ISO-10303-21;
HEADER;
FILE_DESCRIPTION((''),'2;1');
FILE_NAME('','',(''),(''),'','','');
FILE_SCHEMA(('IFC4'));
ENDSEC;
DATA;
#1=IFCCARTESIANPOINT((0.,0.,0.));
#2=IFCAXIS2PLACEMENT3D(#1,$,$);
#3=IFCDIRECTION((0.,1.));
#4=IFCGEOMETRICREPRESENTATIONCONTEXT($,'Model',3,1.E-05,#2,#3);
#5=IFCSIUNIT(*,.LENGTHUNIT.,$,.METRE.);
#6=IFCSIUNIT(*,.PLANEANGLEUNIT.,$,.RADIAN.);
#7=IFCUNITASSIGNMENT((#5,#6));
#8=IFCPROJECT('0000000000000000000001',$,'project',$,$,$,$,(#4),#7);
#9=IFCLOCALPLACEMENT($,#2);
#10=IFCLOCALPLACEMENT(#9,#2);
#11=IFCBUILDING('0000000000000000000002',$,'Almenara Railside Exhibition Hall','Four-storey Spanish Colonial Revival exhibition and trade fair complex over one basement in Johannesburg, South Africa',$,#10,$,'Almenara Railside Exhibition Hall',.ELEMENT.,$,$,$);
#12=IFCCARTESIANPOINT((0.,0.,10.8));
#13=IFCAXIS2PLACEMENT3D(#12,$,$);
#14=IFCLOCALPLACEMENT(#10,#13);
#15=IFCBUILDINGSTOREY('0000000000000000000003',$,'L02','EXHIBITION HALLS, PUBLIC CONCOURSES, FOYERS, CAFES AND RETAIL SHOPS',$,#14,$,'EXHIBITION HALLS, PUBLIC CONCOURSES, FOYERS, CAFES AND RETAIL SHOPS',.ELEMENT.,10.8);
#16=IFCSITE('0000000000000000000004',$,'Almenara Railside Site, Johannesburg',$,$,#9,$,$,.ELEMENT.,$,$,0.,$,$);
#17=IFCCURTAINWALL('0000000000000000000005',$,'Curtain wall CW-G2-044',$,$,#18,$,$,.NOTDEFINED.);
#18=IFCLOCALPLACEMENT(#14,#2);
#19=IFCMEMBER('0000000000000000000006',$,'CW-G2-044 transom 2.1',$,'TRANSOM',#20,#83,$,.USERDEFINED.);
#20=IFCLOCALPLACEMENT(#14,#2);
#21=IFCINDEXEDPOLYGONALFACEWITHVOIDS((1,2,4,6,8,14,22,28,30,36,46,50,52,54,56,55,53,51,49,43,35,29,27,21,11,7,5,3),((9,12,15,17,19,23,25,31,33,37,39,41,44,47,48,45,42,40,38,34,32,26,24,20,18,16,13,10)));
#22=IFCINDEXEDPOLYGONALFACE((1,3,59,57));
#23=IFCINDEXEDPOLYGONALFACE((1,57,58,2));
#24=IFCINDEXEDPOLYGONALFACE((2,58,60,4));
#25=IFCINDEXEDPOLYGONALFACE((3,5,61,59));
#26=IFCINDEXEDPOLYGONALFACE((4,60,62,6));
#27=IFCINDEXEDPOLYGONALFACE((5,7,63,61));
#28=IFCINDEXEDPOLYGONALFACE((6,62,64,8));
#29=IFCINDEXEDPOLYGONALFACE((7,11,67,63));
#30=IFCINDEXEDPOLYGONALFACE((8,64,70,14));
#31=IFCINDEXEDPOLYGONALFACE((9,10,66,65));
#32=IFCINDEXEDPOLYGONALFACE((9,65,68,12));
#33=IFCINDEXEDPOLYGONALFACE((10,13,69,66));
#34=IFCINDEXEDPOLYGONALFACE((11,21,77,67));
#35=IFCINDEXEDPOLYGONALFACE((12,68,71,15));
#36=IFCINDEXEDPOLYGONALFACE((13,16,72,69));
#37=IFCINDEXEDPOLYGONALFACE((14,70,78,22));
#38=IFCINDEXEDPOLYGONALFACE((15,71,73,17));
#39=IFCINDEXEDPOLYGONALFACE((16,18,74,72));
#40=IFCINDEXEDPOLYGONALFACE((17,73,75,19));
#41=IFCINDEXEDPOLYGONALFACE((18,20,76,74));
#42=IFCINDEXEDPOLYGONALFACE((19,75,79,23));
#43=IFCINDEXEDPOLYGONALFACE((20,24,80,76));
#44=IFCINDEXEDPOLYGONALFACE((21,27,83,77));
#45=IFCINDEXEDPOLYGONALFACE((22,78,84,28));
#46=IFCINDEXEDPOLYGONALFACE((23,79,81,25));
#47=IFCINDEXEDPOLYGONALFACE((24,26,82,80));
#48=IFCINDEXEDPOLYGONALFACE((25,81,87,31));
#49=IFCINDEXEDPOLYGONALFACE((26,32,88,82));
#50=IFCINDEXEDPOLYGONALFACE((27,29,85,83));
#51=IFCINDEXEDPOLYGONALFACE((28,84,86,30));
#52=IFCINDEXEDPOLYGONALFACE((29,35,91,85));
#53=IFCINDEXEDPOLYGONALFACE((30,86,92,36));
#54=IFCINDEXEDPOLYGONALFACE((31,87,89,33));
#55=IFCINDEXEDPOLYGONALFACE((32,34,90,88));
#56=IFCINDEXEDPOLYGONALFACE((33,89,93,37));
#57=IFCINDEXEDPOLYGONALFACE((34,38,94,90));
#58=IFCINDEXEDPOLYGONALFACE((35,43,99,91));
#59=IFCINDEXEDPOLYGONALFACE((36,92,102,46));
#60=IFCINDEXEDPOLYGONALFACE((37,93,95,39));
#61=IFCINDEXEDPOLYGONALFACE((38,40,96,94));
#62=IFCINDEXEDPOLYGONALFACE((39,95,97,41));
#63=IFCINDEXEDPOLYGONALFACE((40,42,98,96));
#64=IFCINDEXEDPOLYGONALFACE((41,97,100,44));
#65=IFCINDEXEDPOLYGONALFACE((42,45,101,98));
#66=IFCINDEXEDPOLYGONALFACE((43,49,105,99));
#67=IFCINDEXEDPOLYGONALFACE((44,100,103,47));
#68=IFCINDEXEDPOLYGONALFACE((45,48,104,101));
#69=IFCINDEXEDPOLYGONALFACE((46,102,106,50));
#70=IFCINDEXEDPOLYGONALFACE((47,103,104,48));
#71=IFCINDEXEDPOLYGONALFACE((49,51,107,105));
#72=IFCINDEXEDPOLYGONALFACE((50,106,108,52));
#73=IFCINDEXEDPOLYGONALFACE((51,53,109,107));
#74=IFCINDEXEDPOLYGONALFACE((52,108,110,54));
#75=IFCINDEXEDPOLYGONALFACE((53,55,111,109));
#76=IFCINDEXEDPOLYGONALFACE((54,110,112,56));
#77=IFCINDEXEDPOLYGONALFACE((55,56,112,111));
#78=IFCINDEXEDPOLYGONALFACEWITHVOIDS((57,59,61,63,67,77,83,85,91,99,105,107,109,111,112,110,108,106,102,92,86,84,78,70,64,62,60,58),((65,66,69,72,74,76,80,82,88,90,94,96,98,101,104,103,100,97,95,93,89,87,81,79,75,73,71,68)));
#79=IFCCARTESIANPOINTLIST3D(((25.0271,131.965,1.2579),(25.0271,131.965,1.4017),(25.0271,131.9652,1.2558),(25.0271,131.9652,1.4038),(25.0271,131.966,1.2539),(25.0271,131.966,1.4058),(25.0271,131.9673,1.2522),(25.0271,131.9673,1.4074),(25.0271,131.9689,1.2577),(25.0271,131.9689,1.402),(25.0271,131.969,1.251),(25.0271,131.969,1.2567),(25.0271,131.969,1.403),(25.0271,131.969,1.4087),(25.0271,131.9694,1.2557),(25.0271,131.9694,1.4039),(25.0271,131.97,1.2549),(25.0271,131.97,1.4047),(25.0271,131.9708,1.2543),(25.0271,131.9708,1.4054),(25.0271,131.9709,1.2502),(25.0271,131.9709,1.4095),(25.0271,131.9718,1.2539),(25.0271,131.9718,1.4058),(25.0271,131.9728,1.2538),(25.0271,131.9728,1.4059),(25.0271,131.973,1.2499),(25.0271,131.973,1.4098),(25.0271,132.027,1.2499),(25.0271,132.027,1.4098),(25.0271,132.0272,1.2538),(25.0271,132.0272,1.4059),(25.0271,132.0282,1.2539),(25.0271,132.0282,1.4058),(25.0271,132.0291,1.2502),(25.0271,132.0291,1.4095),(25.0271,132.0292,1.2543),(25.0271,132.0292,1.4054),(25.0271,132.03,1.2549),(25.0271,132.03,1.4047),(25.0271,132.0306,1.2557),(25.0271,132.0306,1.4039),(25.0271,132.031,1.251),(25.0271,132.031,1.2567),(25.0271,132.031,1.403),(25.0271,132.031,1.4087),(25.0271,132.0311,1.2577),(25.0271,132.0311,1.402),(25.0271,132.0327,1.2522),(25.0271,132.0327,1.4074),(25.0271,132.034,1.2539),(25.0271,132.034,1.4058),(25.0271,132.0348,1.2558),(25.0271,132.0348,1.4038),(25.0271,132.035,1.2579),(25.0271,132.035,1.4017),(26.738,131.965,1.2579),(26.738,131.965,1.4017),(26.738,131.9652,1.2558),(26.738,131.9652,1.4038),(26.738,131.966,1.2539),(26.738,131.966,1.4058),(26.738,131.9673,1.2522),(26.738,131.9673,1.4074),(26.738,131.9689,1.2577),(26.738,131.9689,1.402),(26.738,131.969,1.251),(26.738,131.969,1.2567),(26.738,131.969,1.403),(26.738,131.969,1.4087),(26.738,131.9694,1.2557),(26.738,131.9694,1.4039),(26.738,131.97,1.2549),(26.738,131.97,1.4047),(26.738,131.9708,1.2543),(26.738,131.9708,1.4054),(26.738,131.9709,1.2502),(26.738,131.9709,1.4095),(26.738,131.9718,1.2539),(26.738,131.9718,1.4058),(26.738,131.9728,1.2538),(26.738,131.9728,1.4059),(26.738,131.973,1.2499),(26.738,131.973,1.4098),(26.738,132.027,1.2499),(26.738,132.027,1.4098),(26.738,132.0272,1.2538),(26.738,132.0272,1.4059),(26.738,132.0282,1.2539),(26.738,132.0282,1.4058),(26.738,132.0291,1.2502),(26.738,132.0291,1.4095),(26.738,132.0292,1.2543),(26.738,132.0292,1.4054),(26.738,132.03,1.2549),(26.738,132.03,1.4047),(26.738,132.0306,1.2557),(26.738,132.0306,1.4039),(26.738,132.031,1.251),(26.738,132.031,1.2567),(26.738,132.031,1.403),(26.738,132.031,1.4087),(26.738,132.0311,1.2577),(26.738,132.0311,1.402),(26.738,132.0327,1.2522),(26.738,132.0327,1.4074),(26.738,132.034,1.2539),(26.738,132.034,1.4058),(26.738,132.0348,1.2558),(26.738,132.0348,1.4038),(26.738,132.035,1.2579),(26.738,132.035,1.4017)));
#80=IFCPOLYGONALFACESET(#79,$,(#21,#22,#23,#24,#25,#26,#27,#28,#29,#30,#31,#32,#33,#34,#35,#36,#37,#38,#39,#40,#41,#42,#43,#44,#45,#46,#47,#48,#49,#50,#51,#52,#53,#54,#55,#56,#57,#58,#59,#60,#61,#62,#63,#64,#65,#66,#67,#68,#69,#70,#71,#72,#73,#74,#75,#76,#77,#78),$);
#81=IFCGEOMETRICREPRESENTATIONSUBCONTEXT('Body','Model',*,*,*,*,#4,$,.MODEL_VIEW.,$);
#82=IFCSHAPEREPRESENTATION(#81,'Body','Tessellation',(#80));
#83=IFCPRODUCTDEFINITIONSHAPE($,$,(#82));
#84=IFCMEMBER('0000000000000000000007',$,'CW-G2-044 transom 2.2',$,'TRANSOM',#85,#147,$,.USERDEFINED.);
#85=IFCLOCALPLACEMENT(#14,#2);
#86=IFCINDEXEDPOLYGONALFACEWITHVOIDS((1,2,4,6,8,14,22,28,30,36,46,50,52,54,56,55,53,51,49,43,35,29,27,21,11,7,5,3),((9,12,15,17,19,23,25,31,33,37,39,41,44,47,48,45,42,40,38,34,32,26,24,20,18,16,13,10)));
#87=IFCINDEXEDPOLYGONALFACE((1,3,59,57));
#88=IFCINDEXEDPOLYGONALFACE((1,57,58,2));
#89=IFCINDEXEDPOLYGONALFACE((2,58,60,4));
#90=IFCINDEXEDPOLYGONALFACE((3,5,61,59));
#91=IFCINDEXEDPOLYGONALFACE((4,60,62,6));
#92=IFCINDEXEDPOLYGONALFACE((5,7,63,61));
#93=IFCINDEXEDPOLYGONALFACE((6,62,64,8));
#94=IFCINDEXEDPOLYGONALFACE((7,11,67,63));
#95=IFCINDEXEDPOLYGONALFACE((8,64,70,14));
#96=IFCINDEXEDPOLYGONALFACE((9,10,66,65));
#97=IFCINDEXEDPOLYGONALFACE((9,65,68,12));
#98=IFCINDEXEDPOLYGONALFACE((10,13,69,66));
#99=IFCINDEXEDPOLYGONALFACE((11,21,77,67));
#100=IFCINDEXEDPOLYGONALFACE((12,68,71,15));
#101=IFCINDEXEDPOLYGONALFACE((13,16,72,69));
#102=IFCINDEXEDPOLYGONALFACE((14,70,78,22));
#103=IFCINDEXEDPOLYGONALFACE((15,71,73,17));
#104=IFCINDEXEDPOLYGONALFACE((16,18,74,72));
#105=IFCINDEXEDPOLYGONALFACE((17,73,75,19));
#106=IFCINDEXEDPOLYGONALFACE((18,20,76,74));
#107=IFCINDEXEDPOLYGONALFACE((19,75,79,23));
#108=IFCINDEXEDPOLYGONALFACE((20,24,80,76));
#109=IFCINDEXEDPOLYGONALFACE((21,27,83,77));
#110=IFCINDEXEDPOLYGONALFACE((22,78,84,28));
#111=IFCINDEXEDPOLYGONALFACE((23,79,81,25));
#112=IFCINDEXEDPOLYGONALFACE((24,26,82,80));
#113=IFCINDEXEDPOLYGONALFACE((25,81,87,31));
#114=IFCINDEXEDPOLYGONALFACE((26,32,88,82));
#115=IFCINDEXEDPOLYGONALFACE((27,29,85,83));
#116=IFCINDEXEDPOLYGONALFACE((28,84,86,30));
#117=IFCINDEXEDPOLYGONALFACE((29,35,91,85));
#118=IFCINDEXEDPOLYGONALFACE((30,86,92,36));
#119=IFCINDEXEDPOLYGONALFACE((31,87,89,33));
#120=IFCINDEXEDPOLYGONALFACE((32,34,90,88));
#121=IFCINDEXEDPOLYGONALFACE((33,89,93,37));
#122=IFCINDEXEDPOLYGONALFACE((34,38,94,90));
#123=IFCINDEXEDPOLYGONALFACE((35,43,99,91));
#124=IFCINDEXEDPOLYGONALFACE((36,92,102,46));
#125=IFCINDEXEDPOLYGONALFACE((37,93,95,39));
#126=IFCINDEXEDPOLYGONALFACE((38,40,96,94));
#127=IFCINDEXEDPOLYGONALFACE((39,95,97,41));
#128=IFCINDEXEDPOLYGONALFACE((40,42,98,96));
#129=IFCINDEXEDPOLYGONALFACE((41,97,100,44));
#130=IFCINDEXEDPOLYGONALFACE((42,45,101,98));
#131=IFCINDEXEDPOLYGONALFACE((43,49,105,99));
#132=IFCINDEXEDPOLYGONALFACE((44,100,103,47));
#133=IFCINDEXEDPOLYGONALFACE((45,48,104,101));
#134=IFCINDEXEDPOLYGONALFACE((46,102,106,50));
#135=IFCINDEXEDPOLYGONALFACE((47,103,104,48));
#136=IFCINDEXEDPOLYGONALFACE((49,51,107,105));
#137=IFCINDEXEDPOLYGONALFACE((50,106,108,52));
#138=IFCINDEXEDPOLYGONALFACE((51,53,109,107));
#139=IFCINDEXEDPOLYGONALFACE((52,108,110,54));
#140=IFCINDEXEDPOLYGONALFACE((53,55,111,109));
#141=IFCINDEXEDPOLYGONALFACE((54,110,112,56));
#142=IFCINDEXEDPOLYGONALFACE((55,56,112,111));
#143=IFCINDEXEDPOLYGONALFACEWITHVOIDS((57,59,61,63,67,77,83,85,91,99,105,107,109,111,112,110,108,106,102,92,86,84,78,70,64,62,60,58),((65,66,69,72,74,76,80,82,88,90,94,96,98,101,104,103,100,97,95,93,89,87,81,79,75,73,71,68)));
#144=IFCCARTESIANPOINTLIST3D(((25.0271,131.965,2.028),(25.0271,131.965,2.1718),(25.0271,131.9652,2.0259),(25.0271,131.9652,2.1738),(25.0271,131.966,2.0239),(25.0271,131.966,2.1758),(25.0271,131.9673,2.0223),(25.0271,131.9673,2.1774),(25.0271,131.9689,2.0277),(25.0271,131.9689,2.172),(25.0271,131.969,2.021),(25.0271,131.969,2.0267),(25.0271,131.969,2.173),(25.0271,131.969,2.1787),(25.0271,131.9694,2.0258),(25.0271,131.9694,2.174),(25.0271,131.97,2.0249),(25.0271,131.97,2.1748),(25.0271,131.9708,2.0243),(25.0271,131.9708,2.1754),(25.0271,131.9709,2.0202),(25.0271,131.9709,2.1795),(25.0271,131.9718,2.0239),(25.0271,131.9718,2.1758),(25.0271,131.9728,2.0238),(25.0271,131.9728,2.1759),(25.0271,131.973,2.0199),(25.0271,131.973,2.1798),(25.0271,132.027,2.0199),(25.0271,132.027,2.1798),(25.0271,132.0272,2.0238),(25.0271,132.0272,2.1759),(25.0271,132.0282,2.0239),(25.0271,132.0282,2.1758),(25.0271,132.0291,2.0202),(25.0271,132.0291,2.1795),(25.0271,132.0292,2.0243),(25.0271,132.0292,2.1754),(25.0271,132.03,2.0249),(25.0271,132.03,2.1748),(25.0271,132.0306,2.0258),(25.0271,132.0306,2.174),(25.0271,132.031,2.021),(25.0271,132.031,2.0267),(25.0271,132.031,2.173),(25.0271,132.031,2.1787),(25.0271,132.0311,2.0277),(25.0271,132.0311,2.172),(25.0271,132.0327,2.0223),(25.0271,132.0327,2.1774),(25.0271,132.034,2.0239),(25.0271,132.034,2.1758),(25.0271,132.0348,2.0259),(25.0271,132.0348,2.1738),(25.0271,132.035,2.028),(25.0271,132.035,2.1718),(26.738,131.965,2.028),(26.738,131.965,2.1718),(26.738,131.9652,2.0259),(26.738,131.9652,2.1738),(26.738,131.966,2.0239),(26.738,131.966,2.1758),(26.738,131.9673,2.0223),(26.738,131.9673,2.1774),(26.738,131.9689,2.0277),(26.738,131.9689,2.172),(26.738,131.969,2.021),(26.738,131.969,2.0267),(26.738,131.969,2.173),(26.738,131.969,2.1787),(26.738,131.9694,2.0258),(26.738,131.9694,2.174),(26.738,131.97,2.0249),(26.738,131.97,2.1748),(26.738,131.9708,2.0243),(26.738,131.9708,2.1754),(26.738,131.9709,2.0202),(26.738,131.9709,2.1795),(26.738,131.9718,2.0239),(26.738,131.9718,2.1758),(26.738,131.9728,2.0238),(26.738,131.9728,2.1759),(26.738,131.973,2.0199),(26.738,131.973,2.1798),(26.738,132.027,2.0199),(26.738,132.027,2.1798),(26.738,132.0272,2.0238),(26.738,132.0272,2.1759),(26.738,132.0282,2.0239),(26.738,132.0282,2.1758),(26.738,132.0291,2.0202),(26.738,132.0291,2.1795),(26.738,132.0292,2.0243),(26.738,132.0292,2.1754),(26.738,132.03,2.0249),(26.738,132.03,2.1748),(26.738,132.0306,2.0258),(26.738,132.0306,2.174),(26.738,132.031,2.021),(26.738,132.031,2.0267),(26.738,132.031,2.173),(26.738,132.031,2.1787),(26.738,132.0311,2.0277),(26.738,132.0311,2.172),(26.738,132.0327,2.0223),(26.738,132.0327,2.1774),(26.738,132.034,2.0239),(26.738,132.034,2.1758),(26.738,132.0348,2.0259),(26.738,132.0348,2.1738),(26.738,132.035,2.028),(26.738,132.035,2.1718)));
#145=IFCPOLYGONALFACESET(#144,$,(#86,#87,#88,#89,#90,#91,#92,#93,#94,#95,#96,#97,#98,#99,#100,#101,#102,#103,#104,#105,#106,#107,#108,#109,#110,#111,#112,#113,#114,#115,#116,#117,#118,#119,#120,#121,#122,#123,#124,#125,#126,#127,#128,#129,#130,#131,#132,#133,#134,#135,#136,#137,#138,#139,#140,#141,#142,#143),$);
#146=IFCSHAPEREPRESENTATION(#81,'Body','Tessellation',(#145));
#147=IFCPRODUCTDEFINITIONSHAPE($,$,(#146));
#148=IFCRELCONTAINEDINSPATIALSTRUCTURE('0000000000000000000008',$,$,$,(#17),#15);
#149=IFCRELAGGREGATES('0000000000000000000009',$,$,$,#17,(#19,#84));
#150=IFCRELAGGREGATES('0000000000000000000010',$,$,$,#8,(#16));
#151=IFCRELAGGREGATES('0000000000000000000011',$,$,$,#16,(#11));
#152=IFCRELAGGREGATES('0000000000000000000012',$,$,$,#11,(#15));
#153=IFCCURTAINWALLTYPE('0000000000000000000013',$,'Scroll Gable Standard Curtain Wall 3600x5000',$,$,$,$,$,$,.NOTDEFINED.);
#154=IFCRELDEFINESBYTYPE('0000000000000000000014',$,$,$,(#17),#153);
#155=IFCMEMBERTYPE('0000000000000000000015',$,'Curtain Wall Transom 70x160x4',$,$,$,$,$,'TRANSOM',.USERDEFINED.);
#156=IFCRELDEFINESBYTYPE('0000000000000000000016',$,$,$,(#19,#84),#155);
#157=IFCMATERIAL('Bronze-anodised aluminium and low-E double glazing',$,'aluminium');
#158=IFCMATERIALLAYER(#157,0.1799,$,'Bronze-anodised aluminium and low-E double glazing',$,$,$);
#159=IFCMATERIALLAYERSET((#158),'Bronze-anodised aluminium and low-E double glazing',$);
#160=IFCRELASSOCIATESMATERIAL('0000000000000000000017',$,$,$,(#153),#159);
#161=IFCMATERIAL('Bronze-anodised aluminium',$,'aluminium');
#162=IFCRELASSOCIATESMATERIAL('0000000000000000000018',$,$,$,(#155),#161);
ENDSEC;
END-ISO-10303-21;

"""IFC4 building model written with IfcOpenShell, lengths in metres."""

from ifc_helpers import new_model, si_unit, direction, frame, origin, origin_2d, place, context, subcontext, project, spatial, hollow_rectangle, extrude, material, layer, layer_set, material_profile, profile_set, type_object, element, aggregate, save


model = new_model("IFC4")

# Units and contexts
model_context = context("Model", 3, precision=1e-05, world=origin(), true_north=direction((0.0, 1.0)))
body_context = subcontext(model_context, "Body", "Model", "MODEL_VIEW")
ifc_project = project(units=[si_unit("LENGTHUNIT", "METRE"), si_unit("PLANEANGLEUNIT", "RADIAN")], contexts=[model_context])

# Site, building, storey
site_placement = place(None, origin())
site = spatial("IfcSite", under=ifc_project, at=site_placement, Name="Almenara Railside Site, Johannesburg", CompositionType="ELEMENT", RefElevation=0.0)
building_placement = place(site_placement, origin())
building = spatial("IfcBuilding", under=site, at=building_placement, Name="Almenara Railside Exhibition Hall", Description="Four-storey Spanish Colonial Revival exhibition and trade fair complex over one basement in Johannesburg, South Africa", LongName="Almenara Railside Exhibition Hall", CompositionType="ELEMENT")
storey_placement = place(building_placement, frame((0.0, 0.0, 10.8)))
storey = spatial("IfcBuildingStorey", under=building, at=storey_placement, Name="L02", Description="EXHIBITION HALLS, PUBLIC CONCOURSES, FOYERS, CAFES AND RETAIL SHOPS", LongName="EXHIBITION HALLS, PUBLIC CONCOURSES, FOYERS, CAFES AND RETAIL SHOPS", CompositionType="ELEMENT", Elevation=10.8)

# Curtain wall, members
ifc_material_1 = material(Name="Bronze-anodised aluminium and low-E double glazing", Category="aluminium")
ifc_layer_1 = layer(ifc_material_1, 0.1799, Name="Bronze-anodised aluminium and low-E double glazing")
ifc_layer_set_1 = layer_set([ifc_layer_1], Name="Bronze-anodised aluminium and low-E double glazing")
curtain_wall_type = type_object("IfcCurtainWallType", Name="Scroll Gable Standard Curtain Wall 3600x5000", PredefinedType="NOTDEFINED", material=ifc_layer_set_1)
curtain_wall_placement = place(storey_placement, origin())
curtain_wall = element("IfcCurtainWall", 1, at=curtain_wall_placement, inside=storey, type_object=curtain_wall_type, Name="Curtain wall CW-G2-044", PredefinedType="NOTDEFINED")
ifc_material_2 = material(Name="Bronze-anodised aluminium", Category="aluminium")
ifc_material_profile_1 = material_profile(ifc_material_2, hollow_rectangle(XDim=0.0701, YDim=0.1599, WallThickness=0.0039, InnerFilletRadius=0.0039, OuterFilletRadius=0.0081, at=origin_2d()), Name="ALU-TRN 70x160x4")
ifc_profile_set_1 = profile_set([ifc_material_profile_1], Name="Bronze-anodised aluminium")
member_type_1 = type_object("IfcMemberType", Name="Curtain Wall Transom 70x160x4", ElementType="TRANSOM", PredefinedType="USERDEFINED", material=ifc_profile_set_1)
member_1_placement = place(storey_placement, frame((25.0271, 132.0, 1.3298), z_axis=(1.0, 0.0, 0.0), x_axis=(0.0, 1.0, 0.0)))
member_1 = element("IfcMember", 2, at=member_1_placement, type_object=member_type_1, Name="CW-G2-044 transom 2.1", ObjectType="TRANSOM", PredefinedType="USERDEFINED", context=body_context, shape_type="SweptSolid", body=[
    extrude(hollow_rectangle(XDim=0.0701, YDim=0.1599, WallThickness=0.0039, InnerFilletRadius=0.0039, OuterFilletRadius=0.0081, at=origin_2d()), origin(), (0.0, 0.0, 1.0), 1.7109),
])
member_2_placement = place(storey_placement, frame((25.0271, 132.0, 2.0999), z_axis=(1.0, 0.0, 0.0), x_axis=(0.0, 1.0, 0.0)))
member_2 = element("IfcMember", 3, at=member_2_placement, type_object=member_type_1, Name="CW-G2-044 transom 2.2", ObjectType="TRANSOM", PredefinedType="USERDEFINED", context=body_context, shape_type="SweptSolid", body=[
    extrude(hollow_rectangle(XDim=0.0701, YDim=0.1599, WallThickness=0.0039, InnerFilletRadius=0.0039, OuterFilletRadius=0.0081, at=origin_2d()), origin(), (0.0, 0.0, 1.0), 1.7109),
])

aggregate(curtain_wall, [member_1, member_2])

save(model, "model.ifc")
